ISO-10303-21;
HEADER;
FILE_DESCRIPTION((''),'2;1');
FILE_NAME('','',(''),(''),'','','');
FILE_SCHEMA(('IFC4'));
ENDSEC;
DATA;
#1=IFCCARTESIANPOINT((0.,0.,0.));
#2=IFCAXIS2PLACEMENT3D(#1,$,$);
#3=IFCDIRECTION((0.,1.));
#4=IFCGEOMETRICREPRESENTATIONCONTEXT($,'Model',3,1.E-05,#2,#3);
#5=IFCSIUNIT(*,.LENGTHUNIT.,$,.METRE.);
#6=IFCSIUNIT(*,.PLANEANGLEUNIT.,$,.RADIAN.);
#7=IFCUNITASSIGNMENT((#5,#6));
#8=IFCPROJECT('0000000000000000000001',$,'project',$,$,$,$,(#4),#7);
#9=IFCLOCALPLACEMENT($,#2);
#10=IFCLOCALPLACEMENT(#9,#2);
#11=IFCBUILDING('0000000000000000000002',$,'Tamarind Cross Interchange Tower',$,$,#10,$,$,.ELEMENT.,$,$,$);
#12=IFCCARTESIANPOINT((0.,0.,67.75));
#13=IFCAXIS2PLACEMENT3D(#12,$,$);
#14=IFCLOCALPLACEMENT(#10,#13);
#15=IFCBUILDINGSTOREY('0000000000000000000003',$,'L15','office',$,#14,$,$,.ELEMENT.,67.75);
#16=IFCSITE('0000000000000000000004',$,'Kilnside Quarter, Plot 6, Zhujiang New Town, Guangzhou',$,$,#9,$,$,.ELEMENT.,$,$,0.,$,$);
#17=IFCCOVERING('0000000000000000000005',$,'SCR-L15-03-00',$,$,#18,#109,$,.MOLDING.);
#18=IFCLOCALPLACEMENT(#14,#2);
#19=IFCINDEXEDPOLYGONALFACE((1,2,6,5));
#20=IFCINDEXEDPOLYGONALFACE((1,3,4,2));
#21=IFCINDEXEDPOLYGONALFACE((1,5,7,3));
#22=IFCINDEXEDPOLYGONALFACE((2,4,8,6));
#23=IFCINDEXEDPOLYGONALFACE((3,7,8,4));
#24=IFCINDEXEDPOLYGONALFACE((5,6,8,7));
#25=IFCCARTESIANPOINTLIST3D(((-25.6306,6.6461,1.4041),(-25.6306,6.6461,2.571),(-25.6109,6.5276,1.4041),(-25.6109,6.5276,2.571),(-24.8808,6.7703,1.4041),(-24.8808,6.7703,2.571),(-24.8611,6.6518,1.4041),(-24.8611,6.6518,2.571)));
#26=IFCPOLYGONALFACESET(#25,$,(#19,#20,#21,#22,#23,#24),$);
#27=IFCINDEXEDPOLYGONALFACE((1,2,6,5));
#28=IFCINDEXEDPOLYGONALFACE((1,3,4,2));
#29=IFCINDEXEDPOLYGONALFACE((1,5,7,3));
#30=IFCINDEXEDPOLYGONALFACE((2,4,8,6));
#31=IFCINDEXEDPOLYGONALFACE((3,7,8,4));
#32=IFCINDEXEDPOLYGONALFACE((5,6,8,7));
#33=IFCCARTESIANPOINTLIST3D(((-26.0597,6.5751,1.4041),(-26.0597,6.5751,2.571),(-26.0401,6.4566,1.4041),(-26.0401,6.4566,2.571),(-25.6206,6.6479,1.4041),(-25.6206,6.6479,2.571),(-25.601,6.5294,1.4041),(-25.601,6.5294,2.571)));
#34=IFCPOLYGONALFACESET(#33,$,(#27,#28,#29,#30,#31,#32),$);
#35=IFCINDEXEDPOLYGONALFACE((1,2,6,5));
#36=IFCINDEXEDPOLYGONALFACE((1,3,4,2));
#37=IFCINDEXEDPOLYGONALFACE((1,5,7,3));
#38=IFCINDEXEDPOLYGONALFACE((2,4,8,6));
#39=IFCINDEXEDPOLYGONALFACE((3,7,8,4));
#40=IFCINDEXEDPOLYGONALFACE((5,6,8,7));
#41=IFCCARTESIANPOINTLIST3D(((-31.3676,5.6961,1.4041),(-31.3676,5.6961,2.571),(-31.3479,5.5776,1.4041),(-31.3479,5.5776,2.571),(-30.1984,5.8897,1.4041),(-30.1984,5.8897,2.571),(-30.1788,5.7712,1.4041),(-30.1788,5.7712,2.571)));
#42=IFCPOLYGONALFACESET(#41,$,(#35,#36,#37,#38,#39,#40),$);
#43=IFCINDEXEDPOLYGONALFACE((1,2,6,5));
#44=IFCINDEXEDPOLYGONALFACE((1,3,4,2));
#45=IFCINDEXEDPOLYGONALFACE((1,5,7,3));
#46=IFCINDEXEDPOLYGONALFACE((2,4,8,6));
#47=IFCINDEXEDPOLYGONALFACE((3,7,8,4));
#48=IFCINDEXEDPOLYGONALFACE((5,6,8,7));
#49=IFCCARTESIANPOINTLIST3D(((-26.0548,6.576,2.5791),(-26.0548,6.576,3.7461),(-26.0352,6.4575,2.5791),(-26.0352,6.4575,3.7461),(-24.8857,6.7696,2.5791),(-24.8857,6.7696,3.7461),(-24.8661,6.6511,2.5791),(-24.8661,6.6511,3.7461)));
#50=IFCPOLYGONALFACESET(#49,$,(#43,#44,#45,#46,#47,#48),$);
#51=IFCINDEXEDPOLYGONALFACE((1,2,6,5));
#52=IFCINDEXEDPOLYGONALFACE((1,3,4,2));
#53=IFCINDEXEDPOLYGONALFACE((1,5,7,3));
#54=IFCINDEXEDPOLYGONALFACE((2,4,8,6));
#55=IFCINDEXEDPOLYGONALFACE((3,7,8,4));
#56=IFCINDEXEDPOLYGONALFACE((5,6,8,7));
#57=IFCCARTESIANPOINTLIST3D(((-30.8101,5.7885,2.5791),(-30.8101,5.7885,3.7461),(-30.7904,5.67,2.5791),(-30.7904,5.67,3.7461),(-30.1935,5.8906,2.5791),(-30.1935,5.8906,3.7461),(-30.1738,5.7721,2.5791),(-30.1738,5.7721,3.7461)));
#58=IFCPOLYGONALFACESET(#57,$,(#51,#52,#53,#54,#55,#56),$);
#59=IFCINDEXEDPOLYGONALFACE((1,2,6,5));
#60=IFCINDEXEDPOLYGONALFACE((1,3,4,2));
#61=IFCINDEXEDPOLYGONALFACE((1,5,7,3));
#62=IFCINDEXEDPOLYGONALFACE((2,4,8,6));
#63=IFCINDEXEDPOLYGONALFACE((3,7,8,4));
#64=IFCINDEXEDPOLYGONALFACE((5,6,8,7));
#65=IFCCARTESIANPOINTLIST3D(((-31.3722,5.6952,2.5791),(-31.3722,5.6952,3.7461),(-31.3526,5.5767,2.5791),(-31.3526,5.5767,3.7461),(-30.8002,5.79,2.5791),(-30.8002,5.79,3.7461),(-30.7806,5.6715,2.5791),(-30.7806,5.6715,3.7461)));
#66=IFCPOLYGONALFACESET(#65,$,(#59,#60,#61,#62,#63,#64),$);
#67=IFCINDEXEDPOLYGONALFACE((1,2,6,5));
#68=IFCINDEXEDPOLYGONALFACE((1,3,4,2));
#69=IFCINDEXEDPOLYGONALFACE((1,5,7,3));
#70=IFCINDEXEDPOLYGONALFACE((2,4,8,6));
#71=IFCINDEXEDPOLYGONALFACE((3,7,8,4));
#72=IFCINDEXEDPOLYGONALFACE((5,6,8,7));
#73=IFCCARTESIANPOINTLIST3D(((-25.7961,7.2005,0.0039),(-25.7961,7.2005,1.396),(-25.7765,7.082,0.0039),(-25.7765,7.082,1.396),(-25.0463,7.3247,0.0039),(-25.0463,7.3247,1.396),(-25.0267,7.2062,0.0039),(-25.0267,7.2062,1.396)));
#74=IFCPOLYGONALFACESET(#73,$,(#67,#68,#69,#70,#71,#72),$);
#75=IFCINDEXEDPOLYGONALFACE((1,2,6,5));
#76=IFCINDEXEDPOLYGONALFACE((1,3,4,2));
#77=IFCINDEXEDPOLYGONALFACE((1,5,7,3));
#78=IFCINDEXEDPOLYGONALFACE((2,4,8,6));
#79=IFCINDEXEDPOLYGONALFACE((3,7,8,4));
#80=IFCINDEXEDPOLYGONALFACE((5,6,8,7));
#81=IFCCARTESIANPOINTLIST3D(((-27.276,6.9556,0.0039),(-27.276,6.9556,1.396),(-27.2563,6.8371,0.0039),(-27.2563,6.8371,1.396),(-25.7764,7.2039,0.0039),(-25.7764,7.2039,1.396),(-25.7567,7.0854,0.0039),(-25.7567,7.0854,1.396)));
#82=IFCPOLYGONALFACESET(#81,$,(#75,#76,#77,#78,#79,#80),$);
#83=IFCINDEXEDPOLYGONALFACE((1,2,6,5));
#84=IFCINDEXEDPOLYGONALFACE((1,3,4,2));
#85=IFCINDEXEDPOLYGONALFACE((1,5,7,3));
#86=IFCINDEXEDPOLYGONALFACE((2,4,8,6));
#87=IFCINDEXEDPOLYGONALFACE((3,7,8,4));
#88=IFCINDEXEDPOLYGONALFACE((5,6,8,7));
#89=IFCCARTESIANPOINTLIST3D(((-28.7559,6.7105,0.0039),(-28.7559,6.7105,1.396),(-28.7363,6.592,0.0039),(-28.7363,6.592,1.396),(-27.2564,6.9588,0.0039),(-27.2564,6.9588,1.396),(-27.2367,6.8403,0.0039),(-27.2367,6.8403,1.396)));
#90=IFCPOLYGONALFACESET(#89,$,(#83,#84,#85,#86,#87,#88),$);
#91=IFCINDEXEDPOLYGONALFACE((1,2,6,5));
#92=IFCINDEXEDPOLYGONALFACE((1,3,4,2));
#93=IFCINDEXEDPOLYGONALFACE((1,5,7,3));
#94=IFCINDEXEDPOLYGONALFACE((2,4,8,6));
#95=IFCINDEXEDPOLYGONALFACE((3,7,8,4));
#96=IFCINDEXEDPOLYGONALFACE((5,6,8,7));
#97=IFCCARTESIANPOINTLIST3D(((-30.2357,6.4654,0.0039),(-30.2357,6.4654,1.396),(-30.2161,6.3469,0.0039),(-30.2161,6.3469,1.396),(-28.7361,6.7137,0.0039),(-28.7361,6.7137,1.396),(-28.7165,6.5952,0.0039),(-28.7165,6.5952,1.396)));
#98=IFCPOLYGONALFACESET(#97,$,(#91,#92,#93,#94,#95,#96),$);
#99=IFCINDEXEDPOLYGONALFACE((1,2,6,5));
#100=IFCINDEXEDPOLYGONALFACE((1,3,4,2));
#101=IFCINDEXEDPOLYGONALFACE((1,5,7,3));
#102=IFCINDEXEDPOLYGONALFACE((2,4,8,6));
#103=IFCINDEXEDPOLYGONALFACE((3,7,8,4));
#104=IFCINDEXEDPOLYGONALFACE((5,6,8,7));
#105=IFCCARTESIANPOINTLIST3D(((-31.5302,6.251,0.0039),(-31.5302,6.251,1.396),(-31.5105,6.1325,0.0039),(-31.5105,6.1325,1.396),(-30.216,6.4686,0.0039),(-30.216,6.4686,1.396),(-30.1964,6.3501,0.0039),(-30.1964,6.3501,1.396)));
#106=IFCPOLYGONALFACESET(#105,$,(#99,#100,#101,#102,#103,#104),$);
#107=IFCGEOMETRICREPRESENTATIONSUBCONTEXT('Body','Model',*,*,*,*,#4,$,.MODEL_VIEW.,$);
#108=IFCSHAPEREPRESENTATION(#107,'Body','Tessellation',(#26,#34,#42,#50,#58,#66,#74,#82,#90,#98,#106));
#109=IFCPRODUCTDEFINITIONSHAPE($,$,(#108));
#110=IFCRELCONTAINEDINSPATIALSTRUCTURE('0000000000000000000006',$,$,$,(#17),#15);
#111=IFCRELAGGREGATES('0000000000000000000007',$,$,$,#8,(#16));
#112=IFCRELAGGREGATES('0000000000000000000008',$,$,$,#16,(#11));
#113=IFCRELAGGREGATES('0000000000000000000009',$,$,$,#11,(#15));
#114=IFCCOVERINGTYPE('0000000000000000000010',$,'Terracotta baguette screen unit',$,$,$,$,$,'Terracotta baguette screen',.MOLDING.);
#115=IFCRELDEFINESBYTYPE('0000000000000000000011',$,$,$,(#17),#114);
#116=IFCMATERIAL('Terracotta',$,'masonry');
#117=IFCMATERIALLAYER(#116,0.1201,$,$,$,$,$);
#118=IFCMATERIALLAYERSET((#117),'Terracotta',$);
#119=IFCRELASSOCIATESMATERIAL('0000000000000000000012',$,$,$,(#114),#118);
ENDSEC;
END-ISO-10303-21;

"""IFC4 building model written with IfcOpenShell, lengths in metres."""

from ifc_helpers import new_model, si_unit, direction, frame, origin, origin_2d, place, context, subcontext, project, spatial, rectangle, extrude, material, layer, layer_set, type_object, element, save


model = new_model("IFC4")

# Units and contexts
model_context = context("Model", 3, precision=1e-05, world=origin(), true_north=direction((0.0, 1.0)))
body_context = subcontext(model_context, "Body", "Model", "MODEL_VIEW")
ifc_project = project(units=[si_unit("LENGTHUNIT", "METRE"), si_unit("PLANEANGLEUNIT", "RADIAN")], contexts=[model_context])

# Site, building, storey
site_placement = place(None, origin())
site = spatial("IfcSite", under=ifc_project, at=site_placement, Name="Kilnside Quarter, Plot 6, Zhujiang New Town, Guangzhou", CompositionType="ELEMENT", RefElevation=0.0)
building_placement = place(site_placement, origin())
building = spatial("IfcBuilding", under=site, at=building_placement, Name="Tamarind Cross Interchange Tower", CompositionType="ELEMENT")
storey_placement = place(building_placement, frame((0.0, 0.0, 67.75)))
storey = spatial("IfcBuildingStorey", under=building, at=storey_placement, Name="L15", Description="office", CompositionType="ELEMENT", Elevation=67.75)

# Covering
ifc_material_1 = material(Name="Terracotta", Category="masonry")
ifc_layer_1 = layer(ifc_material_1, 0.1201)
ifc_layer_set_1 = layer_set([ifc_layer_1], Name="Terracotta")
covering_type = type_object("IfcCoveringType", Name="Terracotta baguette screen unit", ElementType="Terracotta baguette screen", PredefinedType="MOLDING", material=ifc_layer_set_1)
covering_1_placement = place(storey_placement, origin())
element("IfcCovering", 1, at=covering_1_placement, inside=storey, type_object=covering_type, Name="SCR-L15-03-00", PredefinedType="MOLDING", context=body_context, shape_type="SweptSolid", body=[
    extrude(rectangle(XDim=0.76, YDim=0.1201, at=origin_2d()), frame((-25.2458, 6.6489, 1.4041), z_axis=(0.0, 0.0, 1.0), x_axis=(-0.986563, -0.163381, 0.0)), (0.0, 0.0, 1.0), 1.167),
    extrude(rectangle(XDim=0.4451, YDim=0.1201, at=origin_2d()), frame((-25.8303, 6.5522, 1.4041), z_axis=(0.0, 0.0, 1.0), x_axis=(-0.986563, -0.163381, 0.0)), (0.0, 0.0, 1.0), 1.167),
    extrude(rectangle(XDim=1.1851, YDim=0.1201, at=origin_2d()), frame((-30.7732, 5.7336, 1.4041), z_axis=(0.0, 0.0, 1.0), x_axis=(-0.986563, -0.163381, 0.0)), (0.0, 0.0, 1.0), 1.167),
    extrude(rectangle(XDim=1.1851, YDim=0.1201, at=origin_2d()), frame((-25.4604, 6.6135, 2.5791), z_axis=(0.0, 0.0, 1.0), x_axis=(-0.986563, -0.163381, 0.0)), (0.0, 0.0, 1.0), 1.167),
    extrude(rectangle(XDim=0.625, YDim=0.1201, at=origin_2d()), frame((-30.4919, 5.7803, 2.5791), z_axis=(0.0, 0.0, 1.0), x_axis=(-0.986563, -0.163381, 0.0)), (0.0, 0.0, 1.0), 1.167),
    extrude(rectangle(XDim=0.5798, YDim=0.1201, at=origin_2d()), frame((-31.0764, 5.6833, 2.5791), z_axis=(0.0, 0.0, 1.0), x_axis=(-0.986563, -0.163381, 0.0)), (0.0, 0.0, 1.0), 1.167),
    extrude(rectangle(XDim=0.76, YDim=0.1201, at=origin_2d()), frame((-25.4114, 7.2034, 0.0039), z_axis=(0.0, 0.0, 1.0), x_axis=(-0.986563, -0.163381, 0.0)), (0.0, 0.0, 1.0), 1.3921),
    extrude(rectangle(XDim=1.52, YDim=0.1201, at=origin_2d()), frame((-26.5164, 7.0205, 0.0039), z_axis=(0.0, 0.0, 1.0), x_axis=(-0.986563, -0.163381, 0.0)), (0.0, 0.0, 1.0), 1.3921),
    extrude(rectangle(XDim=1.52, YDim=0.1201, at=origin_2d()), frame((-27.9963, 6.7754, 0.0039), z_axis=(0.0, 0.0, 1.0), x_axis=(-0.986563, -0.163381, 0.0)), (0.0, 0.0, 1.0), 1.3921),
    extrude(rectangle(XDim=1.52, YDim=0.1201, at=origin_2d()), frame((-29.4761, 6.5303, 0.0039), z_axis=(0.0, 0.0, 1.0), x_axis=(-0.986563, -0.163381, 0.0)), (0.0, 0.0, 1.0), 1.3921),
    extrude(rectangle(XDim=1.332, YDim=0.1201, at=origin_2d()), frame((-30.8633, 6.3005, 0.0039), z_axis=(0.0, 0.0, 1.0), x_axis=(-0.986563, -0.163381, 0.0)), (0.0, 0.0, 1.0), 1.3921),
])

save(model, "model.ifc")
